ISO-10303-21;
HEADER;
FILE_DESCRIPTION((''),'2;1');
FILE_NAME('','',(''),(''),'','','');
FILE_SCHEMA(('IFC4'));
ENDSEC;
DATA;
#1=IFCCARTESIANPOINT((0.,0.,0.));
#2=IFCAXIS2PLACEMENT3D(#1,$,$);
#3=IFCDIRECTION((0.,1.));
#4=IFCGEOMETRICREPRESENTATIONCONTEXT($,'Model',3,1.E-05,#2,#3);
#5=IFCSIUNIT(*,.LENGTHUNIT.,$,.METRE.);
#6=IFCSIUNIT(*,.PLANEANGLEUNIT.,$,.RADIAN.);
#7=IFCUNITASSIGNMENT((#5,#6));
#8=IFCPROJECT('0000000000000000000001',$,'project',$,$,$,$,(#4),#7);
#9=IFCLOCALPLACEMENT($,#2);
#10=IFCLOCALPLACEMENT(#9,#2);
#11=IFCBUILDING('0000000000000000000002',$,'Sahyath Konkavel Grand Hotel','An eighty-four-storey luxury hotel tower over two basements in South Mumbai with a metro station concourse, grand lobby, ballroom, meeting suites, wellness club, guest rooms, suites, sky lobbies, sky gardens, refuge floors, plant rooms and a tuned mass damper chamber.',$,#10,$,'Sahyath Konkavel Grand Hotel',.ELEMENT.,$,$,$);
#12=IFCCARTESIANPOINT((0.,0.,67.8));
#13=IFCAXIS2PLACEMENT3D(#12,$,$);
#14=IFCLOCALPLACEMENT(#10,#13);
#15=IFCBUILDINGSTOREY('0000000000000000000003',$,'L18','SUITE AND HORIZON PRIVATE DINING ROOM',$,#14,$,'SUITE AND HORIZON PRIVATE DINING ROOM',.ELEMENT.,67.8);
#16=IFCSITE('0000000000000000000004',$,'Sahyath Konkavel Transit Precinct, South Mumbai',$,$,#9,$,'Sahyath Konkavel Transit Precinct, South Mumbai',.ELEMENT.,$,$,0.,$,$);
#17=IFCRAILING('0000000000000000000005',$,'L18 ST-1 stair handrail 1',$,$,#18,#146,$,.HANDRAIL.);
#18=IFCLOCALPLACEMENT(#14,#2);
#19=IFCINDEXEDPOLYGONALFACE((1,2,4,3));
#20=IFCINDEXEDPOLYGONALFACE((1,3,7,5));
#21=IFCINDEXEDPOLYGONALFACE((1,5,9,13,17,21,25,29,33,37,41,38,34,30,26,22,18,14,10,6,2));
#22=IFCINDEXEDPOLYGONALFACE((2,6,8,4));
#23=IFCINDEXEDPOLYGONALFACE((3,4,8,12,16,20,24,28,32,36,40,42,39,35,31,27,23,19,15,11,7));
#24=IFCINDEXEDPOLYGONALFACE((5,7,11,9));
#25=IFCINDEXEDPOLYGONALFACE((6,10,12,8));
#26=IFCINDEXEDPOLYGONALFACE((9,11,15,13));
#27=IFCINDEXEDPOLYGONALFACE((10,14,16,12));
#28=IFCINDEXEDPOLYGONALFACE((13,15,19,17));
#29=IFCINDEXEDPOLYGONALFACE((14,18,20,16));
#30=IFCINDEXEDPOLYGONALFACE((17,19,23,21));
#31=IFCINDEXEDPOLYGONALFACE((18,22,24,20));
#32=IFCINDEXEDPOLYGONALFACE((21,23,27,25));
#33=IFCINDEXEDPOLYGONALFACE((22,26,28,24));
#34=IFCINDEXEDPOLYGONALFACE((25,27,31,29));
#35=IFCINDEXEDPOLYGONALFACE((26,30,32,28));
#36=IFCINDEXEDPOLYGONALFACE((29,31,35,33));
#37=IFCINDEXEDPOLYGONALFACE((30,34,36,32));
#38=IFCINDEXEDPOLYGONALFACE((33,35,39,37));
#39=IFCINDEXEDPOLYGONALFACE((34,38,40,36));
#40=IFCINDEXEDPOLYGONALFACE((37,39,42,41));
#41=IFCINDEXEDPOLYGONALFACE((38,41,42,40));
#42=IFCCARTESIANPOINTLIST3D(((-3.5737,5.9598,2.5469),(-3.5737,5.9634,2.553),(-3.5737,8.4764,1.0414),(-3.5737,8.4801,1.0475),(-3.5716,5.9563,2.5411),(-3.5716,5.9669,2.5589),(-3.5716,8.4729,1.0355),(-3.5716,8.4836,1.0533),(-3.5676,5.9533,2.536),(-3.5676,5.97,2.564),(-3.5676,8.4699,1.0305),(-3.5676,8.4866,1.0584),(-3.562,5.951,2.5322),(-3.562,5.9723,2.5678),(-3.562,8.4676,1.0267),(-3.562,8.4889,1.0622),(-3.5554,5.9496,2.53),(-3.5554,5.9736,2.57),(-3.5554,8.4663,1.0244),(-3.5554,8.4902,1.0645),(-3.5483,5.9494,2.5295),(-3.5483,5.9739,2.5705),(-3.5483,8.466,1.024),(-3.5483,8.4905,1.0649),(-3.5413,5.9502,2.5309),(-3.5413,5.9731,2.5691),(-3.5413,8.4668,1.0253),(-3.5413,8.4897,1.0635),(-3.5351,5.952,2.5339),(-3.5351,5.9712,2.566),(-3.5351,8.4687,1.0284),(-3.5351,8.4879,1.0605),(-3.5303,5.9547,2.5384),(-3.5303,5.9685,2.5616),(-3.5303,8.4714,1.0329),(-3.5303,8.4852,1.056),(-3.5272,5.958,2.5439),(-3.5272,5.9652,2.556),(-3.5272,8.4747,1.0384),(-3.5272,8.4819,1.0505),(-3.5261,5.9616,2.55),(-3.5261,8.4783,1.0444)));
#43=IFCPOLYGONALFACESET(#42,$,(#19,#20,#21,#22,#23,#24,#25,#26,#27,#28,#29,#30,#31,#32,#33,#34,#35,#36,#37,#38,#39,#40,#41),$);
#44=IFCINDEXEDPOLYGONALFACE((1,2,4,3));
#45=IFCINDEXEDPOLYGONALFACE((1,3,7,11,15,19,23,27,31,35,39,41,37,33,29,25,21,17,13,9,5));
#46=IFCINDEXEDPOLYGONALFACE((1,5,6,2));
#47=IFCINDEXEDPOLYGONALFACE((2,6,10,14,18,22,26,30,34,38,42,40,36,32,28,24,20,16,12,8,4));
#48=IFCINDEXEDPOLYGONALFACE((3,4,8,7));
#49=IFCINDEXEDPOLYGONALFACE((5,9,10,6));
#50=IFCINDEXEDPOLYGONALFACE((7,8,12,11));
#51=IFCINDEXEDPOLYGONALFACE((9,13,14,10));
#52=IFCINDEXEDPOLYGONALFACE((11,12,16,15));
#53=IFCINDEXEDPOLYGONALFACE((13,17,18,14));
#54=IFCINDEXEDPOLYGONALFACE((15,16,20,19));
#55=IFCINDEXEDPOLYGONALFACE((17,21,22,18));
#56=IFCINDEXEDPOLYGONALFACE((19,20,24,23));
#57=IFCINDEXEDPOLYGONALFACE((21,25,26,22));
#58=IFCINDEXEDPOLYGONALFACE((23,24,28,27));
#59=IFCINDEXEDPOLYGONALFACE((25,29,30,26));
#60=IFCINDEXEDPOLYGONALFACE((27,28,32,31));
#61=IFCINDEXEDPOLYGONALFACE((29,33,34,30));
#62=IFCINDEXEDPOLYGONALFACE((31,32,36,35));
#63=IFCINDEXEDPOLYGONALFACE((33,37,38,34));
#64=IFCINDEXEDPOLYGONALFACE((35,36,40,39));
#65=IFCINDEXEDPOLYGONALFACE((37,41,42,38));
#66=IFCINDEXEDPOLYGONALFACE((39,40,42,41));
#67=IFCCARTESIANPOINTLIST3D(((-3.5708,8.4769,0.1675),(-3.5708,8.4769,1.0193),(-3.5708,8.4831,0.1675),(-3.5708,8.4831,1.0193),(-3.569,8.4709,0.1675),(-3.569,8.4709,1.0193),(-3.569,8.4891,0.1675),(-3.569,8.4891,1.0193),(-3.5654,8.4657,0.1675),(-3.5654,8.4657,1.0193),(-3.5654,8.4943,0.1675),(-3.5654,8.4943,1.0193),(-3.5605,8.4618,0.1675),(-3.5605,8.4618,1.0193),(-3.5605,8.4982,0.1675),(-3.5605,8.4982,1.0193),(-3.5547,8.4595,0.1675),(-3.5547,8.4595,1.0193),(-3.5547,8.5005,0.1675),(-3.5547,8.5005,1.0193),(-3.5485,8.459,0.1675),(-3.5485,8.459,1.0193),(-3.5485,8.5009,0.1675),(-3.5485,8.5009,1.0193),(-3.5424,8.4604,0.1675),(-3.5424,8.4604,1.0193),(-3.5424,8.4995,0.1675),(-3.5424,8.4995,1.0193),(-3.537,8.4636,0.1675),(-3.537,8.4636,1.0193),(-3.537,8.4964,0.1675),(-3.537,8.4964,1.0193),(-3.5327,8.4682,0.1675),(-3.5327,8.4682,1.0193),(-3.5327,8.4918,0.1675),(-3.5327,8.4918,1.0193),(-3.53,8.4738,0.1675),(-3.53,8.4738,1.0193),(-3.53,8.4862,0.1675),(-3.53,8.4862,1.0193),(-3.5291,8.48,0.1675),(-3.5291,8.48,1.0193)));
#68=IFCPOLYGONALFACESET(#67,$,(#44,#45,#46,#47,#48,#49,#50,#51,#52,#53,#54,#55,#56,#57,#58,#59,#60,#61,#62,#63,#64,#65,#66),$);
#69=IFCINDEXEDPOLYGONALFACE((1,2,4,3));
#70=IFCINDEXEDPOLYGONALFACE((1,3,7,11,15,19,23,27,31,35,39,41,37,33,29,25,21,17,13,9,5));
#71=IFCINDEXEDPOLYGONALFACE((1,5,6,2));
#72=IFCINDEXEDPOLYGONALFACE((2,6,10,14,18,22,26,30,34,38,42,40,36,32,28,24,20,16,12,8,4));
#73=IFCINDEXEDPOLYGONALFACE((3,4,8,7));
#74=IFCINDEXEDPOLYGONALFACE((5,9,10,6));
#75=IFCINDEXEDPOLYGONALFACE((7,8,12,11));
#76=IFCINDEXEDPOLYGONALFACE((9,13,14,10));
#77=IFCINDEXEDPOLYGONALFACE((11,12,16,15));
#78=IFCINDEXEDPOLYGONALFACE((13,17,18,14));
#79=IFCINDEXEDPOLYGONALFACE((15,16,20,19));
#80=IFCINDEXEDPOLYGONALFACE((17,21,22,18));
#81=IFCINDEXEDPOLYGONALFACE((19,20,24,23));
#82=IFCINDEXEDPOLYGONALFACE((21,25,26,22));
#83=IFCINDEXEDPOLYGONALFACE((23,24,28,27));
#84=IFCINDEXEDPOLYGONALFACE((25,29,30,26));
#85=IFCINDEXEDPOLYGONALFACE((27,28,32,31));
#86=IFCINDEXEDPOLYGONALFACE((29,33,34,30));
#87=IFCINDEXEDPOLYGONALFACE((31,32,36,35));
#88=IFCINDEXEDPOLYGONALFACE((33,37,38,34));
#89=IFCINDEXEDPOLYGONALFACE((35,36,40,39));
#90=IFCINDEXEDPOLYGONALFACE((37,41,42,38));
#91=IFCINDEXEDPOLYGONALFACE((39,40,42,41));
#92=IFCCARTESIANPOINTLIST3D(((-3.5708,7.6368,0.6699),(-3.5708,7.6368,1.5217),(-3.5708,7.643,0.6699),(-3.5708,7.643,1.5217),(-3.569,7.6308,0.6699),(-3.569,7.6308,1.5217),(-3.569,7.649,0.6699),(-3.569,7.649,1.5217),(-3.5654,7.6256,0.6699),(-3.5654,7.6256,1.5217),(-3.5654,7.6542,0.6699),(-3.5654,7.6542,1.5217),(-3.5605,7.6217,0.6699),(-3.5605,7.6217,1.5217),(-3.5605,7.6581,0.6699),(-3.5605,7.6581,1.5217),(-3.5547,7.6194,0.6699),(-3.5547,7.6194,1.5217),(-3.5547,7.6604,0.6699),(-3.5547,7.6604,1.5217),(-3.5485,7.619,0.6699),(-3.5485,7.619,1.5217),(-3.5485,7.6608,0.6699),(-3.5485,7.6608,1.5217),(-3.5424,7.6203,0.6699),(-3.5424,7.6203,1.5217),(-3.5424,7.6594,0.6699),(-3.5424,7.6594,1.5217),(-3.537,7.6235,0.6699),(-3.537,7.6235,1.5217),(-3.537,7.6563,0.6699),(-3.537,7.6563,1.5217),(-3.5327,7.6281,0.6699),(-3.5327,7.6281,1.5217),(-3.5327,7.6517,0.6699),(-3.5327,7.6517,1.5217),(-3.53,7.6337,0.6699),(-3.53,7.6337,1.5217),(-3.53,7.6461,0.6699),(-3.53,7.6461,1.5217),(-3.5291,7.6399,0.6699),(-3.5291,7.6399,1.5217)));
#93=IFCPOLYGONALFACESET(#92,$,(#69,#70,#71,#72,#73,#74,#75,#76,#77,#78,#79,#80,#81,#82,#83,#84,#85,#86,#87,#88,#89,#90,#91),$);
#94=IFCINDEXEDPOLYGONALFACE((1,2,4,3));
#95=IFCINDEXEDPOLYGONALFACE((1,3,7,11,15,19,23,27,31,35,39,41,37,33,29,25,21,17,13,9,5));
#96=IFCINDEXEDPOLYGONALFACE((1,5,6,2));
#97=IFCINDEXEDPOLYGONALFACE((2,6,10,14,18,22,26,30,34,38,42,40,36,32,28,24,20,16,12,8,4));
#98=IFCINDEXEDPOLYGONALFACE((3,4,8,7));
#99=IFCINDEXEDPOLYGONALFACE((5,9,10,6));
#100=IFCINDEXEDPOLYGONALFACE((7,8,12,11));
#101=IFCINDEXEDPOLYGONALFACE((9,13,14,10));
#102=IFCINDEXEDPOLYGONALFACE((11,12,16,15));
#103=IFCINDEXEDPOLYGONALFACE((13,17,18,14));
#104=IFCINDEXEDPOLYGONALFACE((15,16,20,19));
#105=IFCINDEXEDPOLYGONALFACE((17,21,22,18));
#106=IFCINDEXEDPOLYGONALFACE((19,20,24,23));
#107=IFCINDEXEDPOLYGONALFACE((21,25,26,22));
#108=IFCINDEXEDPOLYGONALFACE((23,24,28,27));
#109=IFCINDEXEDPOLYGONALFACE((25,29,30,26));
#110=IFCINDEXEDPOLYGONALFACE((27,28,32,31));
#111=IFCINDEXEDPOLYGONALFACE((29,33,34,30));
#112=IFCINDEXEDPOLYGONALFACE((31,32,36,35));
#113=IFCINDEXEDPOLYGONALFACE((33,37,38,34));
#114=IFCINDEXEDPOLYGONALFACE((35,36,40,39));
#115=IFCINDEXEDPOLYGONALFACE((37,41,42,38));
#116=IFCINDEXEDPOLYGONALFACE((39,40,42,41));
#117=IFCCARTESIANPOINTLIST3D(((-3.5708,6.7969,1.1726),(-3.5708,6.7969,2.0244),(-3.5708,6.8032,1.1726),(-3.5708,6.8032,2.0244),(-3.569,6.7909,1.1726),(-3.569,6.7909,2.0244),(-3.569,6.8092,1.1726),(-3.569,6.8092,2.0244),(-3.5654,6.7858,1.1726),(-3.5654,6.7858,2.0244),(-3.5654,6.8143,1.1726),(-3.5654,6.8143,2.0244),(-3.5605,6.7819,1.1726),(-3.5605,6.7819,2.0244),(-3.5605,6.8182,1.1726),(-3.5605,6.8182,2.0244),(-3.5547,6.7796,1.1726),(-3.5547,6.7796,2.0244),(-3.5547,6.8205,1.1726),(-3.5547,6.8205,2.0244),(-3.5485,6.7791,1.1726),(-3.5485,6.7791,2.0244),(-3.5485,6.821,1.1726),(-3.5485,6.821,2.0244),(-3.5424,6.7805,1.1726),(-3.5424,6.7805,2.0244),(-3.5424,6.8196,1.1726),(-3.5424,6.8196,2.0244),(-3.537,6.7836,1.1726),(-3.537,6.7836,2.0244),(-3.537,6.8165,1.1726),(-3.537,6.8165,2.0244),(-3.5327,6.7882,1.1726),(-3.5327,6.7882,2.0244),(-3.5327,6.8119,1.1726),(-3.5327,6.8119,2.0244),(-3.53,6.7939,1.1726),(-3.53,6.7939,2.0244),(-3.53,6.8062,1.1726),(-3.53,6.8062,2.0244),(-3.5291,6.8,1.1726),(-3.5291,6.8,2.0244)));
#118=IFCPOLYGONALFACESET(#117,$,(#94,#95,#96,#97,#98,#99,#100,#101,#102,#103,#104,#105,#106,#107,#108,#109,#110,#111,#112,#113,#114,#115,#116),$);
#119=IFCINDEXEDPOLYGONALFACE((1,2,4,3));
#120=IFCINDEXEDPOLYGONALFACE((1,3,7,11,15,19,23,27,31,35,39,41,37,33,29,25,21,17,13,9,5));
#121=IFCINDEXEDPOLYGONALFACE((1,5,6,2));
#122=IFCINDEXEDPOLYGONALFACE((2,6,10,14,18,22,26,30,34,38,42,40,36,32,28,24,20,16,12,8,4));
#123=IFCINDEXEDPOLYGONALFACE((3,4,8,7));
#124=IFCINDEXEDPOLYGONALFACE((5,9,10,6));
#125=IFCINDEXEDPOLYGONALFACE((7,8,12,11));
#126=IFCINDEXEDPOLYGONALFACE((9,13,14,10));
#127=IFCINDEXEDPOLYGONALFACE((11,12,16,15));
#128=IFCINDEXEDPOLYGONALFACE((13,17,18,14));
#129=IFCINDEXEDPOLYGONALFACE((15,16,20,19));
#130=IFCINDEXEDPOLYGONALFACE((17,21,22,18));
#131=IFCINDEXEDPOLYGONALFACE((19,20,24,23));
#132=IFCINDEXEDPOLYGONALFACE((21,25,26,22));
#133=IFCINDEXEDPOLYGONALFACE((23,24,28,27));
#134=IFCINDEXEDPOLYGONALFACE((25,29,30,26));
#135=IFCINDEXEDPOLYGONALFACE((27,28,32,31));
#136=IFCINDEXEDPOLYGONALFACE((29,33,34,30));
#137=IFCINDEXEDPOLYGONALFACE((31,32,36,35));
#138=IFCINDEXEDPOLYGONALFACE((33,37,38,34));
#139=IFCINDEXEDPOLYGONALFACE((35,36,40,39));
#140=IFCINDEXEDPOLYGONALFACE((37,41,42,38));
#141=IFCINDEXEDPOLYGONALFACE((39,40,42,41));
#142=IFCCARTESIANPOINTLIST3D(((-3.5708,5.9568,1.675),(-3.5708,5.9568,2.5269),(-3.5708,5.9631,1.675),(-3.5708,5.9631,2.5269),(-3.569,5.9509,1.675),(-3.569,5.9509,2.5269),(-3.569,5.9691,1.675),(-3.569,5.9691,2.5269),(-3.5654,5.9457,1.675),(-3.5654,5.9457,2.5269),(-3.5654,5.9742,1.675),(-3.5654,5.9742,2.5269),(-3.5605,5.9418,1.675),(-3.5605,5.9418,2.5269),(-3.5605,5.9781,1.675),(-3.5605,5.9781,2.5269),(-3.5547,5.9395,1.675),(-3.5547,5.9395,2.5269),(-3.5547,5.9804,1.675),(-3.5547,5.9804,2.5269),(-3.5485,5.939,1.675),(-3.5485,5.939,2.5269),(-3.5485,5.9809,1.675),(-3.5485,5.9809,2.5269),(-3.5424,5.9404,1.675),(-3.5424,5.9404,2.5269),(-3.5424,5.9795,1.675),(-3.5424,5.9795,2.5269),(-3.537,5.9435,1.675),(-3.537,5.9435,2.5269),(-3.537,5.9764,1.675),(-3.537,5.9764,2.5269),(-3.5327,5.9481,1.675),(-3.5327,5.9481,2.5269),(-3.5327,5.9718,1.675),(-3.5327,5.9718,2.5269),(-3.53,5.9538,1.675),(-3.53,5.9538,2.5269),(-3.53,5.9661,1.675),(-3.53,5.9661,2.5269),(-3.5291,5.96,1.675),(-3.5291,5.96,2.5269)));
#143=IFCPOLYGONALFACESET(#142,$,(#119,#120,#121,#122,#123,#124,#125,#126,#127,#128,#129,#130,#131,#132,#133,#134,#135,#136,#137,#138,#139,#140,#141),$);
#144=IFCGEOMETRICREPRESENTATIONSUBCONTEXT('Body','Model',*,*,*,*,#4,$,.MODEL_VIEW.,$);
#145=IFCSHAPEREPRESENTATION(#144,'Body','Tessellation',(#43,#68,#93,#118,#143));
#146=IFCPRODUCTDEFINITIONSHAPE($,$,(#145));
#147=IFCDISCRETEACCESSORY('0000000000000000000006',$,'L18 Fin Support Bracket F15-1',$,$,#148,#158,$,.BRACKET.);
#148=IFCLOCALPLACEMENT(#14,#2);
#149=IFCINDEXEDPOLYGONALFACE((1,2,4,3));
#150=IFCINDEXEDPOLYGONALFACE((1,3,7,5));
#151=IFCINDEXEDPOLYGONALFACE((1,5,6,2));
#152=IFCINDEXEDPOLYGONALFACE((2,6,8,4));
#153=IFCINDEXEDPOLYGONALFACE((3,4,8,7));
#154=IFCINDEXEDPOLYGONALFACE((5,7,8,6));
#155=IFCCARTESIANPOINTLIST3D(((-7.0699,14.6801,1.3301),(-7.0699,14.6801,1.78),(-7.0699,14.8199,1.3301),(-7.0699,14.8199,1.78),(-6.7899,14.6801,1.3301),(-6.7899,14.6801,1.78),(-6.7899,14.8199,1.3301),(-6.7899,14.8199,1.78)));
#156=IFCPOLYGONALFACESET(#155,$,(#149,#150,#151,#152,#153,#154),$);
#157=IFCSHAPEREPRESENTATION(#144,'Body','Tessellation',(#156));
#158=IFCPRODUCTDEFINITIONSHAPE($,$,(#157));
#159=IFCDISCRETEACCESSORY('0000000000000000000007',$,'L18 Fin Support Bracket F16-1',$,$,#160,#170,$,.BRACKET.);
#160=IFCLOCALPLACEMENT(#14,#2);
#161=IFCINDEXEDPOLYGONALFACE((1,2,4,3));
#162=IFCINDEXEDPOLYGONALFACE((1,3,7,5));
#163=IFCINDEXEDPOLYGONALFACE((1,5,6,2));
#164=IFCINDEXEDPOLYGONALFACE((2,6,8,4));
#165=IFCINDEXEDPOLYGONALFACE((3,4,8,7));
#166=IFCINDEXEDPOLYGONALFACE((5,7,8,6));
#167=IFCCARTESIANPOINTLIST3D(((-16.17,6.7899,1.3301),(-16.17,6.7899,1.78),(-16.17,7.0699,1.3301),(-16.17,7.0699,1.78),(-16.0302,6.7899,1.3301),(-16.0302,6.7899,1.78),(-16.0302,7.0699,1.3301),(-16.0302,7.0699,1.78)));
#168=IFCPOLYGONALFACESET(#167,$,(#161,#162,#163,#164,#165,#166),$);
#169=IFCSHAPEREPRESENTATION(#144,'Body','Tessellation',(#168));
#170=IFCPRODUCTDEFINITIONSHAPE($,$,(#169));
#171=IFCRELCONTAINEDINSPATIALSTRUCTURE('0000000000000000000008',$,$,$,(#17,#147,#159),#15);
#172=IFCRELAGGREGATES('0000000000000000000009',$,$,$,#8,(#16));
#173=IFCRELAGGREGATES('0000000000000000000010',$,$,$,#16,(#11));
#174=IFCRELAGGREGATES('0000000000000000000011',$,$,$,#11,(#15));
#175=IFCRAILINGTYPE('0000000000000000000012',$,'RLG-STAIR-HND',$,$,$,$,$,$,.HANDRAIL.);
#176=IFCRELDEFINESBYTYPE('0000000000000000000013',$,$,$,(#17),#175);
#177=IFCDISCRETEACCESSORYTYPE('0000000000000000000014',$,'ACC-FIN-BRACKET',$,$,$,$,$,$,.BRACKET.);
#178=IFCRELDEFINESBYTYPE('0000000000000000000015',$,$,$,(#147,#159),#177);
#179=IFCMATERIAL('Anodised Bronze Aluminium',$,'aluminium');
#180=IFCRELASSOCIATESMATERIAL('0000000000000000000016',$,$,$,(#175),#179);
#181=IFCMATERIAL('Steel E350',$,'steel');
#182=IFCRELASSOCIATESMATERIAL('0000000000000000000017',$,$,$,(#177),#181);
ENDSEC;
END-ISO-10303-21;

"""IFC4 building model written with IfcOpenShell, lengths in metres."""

from ifc_helpers import new_model, si_unit, direction, frame, origin, origin_2d, place, context, subcontext, project, spatial, rectangle, circle, extrude, source, transform, mapped, material, type_object, element, save


model = new_model("IFC4")

# Units and contexts
model_context = context("Model", 3, precision=1e-05, world=origin(), true_north=direction((0.0, 1.0)))
body_context = subcontext(model_context, "Body", "Model", "MODEL_VIEW")
ifc_project = project(units=[si_unit("LENGTHUNIT", "METRE"), si_unit("PLANEANGLEUNIT", "RADIAN")], contexts=[model_context])

# Site, building, storey
site_placement = place(None, origin())
site = spatial("IfcSite", under=ifc_project, at=site_placement, Name="Sahyath Konkavel Transit Precinct, South Mumbai", LongName="Sahyath Konkavel Transit Precinct, South Mumbai", CompositionType="ELEMENT", RefElevation=0.0)
building_placement = place(site_placement, origin())
building = spatial("IfcBuilding", under=site, at=building_placement, Name="Sahyath Konkavel Grand Hotel", Description="An eighty-four-storey luxury hotel tower over two basements in South Mumbai with a metro station concourse, grand lobby, ballroom, meeting suites, wellness club, guest rooms, suites, sky lobbies, sky gardens, refuge floors, plant rooms and a tuned mass damper chamber.", LongName="Sahyath Konkavel Grand Hotel", CompositionType="ELEMENT")
storey_placement = place(building_placement, frame((0.0, 0.0, 67.8)))
storey = spatial("IfcBuildingStorey", under=building, at=storey_placement, Name="L18", Description="SUITE AND HORIZON PRIVATE DINING ROOM", LongName="SUITE AND HORIZON PRIVATE DINING ROOM", CompositionType="ELEMENT", Elevation=67.8)

# Shared definitions
ifc_material_1 = material(Name="Steel E350", Category="steel")

# Shared definitions
ifc_material_2 = material(Name="Anodised Bronze Aluminium", Category="aluminium")

# Railing
railing_type_1 = type_object("IfcRailingType", Name="RLG-STAIR-HND", PredefinedType="HANDRAIL", material=ifc_material_2)
railing_1_placement = place(storey_placement, frame((-3.55, 8.48, 0.1675)))
element("IfcRailing", 1, at=railing_1_placement, inside=storey, type_object=railing_type_1, Name="L18 ST-1 stair handrail 1", PredefinedType="HANDRAIL", context=body_context, shape_type="SweptSolid", body=[
    extrude(circle(Radius=0.0239, at=origin_2d()), frame((0.0, -0.0017, 0.877), z_axis=(0.0, -0.85816, 0.513383), x_axis=(1.0, 0.0, 0.0)), (0.0, 0.0, 1.0), 2.9326),
    extrude(circle(Radius=0.021, at=origin_2d()), origin(), (0.0, 0.0, 1.0), 0.8518),
    extrude(circle(Radius=0.021, at=origin_2d()), frame((0.0, -0.8401, 0.5024)), (0.0, 0.0, 1.0), 0.8518),
    extrude(circle(Radius=0.021, at=origin_2d()), frame((0.0, -1.6799, 1.0051)), (0.0, 0.0, 1.0), 0.8518),
    extrude(circle(Radius=0.021, at=origin_2d()), frame((0.0, -2.52, 1.5076)), (0.0, 0.0, 1.0), 0.8518),
])

# Discrete accessories
discrete_accessory_type = type_object("IfcDiscreteAccessoryType", Name="ACC-FIN-BRACKET", PredefinedType="BRACKET", material=ifc_material_1)
shared_shape_1 = source(origin(), body_context, "Body", "SweptSolid", [
    extrude(rectangle(XDim=0.28, YDim=0.1399, at=origin_2d()), origin(), (0.0, 0.0, 1.0), 0.45),
])
for number, where, z_axis, x_axis, name in (
    (2, (-6.9299, 14.75, 1.3301), (0.0, 0.0, 1.0), (-1.0, 0.0, 0.0), "L18 Fin Support Bracket F15-1"),
    (3, (-16.1001, 6.9299, 1.3301), (0.0, 0.0, 1.0), (0.0, 1.0, 0.0), "L18 Fin Support Bracket F16-1"),
):
    element("IfcDiscreteAccessory", number, at=place(storey_placement, frame(where, z_axis=z_axis, x_axis=x_axis)), inside=storey, type_object=discrete_accessory_type, Name=name, PredefinedType="BRACKET", context=body_context, shape_type="MappedRepresentation", body=[
        mapped(shared_shape_1, transform((0.0, 0.0, 0.0), scale=1.0)),
    ])

save(model, "model.ifc")
